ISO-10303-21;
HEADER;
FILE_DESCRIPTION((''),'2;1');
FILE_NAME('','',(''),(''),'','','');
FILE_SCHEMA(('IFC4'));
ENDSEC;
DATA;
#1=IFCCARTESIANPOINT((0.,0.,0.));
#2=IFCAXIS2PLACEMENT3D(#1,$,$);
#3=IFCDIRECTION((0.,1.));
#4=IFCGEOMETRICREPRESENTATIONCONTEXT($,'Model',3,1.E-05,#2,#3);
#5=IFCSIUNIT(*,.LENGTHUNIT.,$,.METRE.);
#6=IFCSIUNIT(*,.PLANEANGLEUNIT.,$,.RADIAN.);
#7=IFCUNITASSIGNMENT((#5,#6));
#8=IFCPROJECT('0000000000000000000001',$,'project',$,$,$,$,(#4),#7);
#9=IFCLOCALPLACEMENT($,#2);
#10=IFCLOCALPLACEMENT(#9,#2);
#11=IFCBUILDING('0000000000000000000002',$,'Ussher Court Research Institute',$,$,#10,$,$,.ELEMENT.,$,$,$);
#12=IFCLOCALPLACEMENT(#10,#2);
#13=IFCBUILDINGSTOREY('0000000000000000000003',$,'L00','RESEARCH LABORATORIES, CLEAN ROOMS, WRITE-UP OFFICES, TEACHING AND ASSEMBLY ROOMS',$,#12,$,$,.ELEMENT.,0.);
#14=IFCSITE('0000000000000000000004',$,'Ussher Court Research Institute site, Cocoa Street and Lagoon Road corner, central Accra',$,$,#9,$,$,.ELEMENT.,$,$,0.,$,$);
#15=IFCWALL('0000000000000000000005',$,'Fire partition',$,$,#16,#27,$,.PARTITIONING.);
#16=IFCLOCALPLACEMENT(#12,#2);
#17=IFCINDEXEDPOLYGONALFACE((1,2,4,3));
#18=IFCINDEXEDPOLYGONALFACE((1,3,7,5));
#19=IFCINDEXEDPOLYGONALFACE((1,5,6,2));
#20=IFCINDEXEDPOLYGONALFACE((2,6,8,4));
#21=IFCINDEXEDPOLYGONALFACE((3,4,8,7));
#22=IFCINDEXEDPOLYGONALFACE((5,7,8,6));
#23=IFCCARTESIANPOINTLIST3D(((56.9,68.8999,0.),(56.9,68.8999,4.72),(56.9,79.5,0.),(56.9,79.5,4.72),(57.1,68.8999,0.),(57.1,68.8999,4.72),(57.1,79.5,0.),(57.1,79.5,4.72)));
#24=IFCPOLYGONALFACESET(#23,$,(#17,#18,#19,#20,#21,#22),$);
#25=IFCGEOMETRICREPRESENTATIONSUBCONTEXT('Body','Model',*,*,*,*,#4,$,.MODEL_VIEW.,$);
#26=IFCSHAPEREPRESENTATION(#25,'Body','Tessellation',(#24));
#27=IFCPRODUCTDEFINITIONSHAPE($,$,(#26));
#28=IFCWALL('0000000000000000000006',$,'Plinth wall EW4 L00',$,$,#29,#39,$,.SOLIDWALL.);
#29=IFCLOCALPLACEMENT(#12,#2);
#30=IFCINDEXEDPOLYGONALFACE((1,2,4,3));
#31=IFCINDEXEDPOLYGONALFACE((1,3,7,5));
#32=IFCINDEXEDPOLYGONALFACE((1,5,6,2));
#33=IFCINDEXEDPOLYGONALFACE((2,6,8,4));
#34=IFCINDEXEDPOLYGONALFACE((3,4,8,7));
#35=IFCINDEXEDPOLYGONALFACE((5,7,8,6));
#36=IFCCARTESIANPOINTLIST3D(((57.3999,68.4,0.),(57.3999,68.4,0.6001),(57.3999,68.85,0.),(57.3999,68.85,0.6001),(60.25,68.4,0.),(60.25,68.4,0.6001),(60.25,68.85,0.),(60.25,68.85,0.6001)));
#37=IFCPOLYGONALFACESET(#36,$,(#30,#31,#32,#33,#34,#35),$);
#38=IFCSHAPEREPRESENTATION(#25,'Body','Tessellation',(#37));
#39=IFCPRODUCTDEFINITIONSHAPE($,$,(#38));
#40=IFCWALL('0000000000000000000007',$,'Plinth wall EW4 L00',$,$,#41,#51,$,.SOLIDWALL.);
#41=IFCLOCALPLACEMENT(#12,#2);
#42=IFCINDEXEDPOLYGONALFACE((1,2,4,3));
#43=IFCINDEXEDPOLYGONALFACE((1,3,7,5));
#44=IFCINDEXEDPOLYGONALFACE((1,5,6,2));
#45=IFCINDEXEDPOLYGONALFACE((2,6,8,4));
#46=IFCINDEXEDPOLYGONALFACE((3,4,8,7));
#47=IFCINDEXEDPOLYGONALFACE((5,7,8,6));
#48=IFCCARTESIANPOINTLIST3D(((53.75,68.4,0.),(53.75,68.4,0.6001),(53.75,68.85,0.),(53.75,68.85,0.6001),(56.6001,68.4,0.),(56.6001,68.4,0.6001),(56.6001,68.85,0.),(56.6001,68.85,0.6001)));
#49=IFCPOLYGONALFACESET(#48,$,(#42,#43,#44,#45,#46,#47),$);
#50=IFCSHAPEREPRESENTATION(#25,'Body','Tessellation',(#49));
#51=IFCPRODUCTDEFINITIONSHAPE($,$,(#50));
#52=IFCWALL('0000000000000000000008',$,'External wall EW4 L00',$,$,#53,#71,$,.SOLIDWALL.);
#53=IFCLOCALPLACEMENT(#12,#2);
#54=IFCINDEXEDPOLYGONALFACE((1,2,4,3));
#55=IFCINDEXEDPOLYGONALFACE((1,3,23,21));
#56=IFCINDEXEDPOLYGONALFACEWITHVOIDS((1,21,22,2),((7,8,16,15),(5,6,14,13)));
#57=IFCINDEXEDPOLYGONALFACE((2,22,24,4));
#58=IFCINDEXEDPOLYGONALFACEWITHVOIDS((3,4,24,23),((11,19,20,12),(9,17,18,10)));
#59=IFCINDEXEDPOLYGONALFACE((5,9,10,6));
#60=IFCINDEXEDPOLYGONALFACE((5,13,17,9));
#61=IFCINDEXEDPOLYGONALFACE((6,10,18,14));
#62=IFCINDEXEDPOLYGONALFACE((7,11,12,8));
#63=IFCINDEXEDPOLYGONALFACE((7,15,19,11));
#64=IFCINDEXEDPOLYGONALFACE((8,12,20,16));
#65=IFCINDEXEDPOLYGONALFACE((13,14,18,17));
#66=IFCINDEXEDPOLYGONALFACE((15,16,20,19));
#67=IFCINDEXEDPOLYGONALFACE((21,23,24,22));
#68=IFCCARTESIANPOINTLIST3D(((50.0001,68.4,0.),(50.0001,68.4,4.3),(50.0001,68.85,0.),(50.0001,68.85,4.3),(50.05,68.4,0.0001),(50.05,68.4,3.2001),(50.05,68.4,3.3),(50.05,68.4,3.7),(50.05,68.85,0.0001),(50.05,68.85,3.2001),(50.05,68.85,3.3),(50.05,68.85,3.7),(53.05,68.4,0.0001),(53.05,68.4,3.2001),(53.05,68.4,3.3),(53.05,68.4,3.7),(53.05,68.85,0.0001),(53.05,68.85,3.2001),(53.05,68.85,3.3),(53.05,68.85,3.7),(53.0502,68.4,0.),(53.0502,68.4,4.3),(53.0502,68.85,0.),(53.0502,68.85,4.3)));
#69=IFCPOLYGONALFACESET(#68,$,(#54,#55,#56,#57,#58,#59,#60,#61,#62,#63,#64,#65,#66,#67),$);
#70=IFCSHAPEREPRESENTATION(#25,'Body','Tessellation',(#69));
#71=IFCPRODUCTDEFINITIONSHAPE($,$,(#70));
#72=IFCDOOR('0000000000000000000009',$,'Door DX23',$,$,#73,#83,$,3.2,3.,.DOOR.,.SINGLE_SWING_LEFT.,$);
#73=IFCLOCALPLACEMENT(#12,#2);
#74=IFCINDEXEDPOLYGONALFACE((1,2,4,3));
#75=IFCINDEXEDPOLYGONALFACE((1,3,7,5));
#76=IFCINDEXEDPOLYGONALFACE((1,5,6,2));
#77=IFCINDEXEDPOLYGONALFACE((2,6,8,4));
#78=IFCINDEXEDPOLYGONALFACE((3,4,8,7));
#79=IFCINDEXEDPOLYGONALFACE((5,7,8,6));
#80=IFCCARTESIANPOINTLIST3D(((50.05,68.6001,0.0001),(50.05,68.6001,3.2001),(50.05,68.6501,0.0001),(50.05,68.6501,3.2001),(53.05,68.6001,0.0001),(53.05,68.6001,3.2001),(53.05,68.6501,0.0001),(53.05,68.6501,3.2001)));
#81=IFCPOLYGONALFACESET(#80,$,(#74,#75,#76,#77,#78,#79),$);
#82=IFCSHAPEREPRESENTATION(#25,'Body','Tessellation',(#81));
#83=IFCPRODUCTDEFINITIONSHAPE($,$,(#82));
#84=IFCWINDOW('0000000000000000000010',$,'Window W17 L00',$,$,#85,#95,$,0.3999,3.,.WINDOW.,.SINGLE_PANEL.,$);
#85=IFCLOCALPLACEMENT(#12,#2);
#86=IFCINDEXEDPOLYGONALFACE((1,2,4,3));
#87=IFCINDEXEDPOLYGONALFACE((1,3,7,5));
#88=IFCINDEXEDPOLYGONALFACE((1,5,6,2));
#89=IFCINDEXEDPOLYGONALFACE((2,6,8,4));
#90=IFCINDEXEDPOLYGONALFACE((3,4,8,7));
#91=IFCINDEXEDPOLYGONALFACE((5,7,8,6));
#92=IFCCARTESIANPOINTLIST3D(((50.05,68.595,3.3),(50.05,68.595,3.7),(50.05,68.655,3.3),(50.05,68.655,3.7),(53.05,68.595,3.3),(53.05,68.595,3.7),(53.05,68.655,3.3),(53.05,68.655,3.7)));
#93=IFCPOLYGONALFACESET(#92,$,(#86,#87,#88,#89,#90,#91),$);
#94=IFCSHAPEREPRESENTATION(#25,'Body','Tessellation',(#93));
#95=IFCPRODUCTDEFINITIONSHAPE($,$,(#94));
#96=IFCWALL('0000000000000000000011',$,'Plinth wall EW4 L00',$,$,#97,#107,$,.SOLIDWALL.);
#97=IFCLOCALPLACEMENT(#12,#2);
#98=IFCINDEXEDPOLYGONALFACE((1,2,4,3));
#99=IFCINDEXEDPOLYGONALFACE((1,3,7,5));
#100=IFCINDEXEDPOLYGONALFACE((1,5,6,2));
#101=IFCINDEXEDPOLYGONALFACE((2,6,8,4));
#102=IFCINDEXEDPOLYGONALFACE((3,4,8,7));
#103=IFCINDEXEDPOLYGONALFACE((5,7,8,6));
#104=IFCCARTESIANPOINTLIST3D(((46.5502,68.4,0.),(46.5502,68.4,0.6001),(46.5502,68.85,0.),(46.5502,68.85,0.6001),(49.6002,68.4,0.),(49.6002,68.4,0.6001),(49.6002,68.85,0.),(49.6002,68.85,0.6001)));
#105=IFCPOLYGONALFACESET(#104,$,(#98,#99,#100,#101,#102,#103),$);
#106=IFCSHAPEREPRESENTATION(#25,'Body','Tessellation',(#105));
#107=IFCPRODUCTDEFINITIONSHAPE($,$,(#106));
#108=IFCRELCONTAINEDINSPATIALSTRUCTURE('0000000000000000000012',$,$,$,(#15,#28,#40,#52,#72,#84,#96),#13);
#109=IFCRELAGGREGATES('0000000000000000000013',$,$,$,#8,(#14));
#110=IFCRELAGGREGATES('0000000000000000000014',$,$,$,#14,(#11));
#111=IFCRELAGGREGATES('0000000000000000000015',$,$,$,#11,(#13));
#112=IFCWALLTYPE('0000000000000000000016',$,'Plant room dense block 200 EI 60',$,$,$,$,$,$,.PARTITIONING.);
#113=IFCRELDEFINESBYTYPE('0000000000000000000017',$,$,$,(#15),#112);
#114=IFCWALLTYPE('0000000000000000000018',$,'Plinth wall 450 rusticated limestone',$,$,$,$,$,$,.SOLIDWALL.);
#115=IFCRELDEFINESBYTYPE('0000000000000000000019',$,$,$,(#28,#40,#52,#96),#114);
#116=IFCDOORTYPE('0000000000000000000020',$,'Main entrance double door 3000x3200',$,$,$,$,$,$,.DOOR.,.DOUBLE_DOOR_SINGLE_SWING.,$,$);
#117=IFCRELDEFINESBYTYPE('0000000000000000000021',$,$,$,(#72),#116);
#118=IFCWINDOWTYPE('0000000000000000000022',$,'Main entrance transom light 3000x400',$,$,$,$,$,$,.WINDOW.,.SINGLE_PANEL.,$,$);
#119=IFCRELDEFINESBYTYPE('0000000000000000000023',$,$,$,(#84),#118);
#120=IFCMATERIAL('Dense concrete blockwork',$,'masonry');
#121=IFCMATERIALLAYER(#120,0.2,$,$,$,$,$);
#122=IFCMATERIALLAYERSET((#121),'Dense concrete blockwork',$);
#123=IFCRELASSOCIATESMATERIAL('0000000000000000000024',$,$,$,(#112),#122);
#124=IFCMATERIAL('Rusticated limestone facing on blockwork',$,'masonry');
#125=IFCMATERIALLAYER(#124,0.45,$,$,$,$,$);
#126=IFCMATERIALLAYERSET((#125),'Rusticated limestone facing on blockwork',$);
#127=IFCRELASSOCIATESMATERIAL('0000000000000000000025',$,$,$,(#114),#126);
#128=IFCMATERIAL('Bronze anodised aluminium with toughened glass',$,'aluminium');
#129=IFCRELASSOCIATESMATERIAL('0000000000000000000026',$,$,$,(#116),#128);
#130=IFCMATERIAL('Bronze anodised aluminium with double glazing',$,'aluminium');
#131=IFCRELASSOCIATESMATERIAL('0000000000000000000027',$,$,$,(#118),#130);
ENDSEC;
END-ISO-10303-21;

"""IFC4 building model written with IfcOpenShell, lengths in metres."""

from ifc_helpers import new_model, si_unit, direction, frame, frame_2d, origin, place, context, subcontext, project, spatial, rectangle, extrude, material, layer, layer_set, type_object, element, fill, save


model = new_model("IFC4")

# Units and contexts
model_context = context("Model", 3, precision=1e-05, world=origin(), true_north=direction((0.0, 1.0)))
body_context = subcontext(model_context, "Body", "Model", "MODEL_VIEW")
ifc_project = project(units=[si_unit("LENGTHUNIT", "METRE"), si_unit("PLANEANGLEUNIT", "RADIAN")], contexts=[model_context])

# Site, building, storey
site_placement = place(None, origin())
site = spatial("IfcSite", under=ifc_project, at=site_placement, Name="Ussher Court Research Institute site, Cocoa Street and Lagoon Road corner, central Accra", CompositionType="ELEMENT", RefElevation=0.0)
building_placement = place(site_placement, origin())
building = spatial("IfcBuilding", under=site, at=building_placement, Name="Ussher Court Research Institute", CompositionType="ELEMENT")
storey_placement = place(building_placement, origin())
storey = spatial("IfcBuildingStorey", under=building, at=storey_placement, Name="L00", Description="RESEARCH LABORATORIES, CLEAN ROOMS, WRITE-UP OFFICES, TEACHING AND ASSEMBLY ROOMS", CompositionType="ELEMENT", Elevation=0.0)

# Walls
ifc_material_1 = material(Name="Dense concrete blockwork", Category="masonry")
ifc_layer_1 = layer(ifc_material_1, 0.2)
ifc_layer_set_1 = layer_set([ifc_layer_1], Name="Dense concrete blockwork")
wall_type_1 = type_object("IfcWallType", Name="Plant room dense block 200 EI 60", PredefinedType="PARTITIONING", material=ifc_layer_set_1)
wall_1_placement = place(storey_placement, frame((57.0, 68.8999, 0.0), z_axis=(0.0, 0.0, 1.0), x_axis=(0.0, 1.0, 0.0)))
element("IfcWall", 1, at=wall_1_placement, inside=storey, type_object=wall_type_1, Name="Fire partition", PredefinedType="PARTITIONING", context=body_context, shape_type="SweptSolid", body=[
    extrude(rectangle(XDim=10.6001, YDim=0.2, at=frame_2d((5.3, 0.0))), origin(), (0.0, 0.0, 1.0), 4.72),
])
ifc_material_2 = material(Name="Rusticated limestone facing on blockwork", Category="masonry")
ifc_layer_2 = layer(ifc_material_2, 0.45)
ifc_layer_set_2 = layer_set([ifc_layer_2], Name="Rusticated limestone facing on blockwork")
wall_type_2 = type_object("IfcWallType", Name="Plinth wall 450 rusticated limestone", PredefinedType="SOLIDWALL", material=ifc_layer_set_2)
for number, where, z_axis, x_axis, name in (
    (2, (60.25, 68.625, 0.0), (0.0, 0.0, 1.0), (-1.0, 0.0, 0.0), "Plinth wall EW4 L00"),
    (3, (56.6001, 68.625, 0.0), (0.0, 0.0, 1.0), (-1.0, 0.0, 0.0), "Plinth wall EW4 L00"),
):
    element("IfcWall", number, at=place(storey_placement, frame(where, z_axis=z_axis, x_axis=x_axis)), inside=storey, type_object=wall_type_2, Name=name, PredefinedType="SOLIDWALL", context=body_context, shape_type="SweptSolid", body=[
        extrude(rectangle(XDim=2.8501, YDim=0.45, at=frame_2d((1.425, 0.0))), origin(), (0.0, 0.0, 1.0), 0.6001),
    ])

# Wall, openings, door, window
wall_2_placement = place(storey_placement, frame((53.05, 68.625, 0.0), z_axis=(0.0, 0.0, 1.0), x_axis=(-1.0, 0.0, 0.0)))
wall_2 = element("IfcWall", 4, at=wall_2_placement, inside=storey, type_object=wall_type_2, Name="External wall EW4 L00", PredefinedType="SOLIDWALL", context=body_context, shape_type="SweptSolid", body=[
    extrude(rectangle(XDim=3.05, YDim=0.45, at=frame_2d((1.5249, 0.0))), origin(), (0.0, 0.0, 1.0), 4.3),
])
opening_1_placement = place(wall_2_placement, origin())
opening_1 = element("IfcOpeningElement", 5, at=opening_1_placement, cuts=wall_2, PredefinedType="OPENING", context=body_context, shape_type="SweptSolid", body=[
    extrude(rectangle(XDim=3.0, YDim=3.2, at=frame_2d((1.5, 1.6001))), frame((0.0, 0.2349, 0.0), z_axis=(0.0, -1.0, 0.0), x_axis=(1.0, 0.0, 0.0)), (0.0, 0.0, 1.0), 0.47),
])
opening_2_placement = place(wall_2_placement, frame((0.0, 0.0, 3.3)))
opening_2 = element("IfcOpeningElement", 6, at=opening_2_placement, cuts=wall_2, PredefinedType="OPENING", context=body_context, shape_type="SweptSolid", body=[
    extrude(rectangle(XDim=3.0, YDim=0.3999, at=frame_2d((1.5, 0.2))), frame((0.0, 0.2349, 0.0), z_axis=(0.0, -1.0, 0.0), x_axis=(1.0, 0.0, 0.0)), (0.0, 0.0, 1.0), 0.47),
])
ifc_material_3 = material(Name="Bronze anodised aluminium with toughened glass", Category="aluminium")
door_type = type_object("IfcDoorType", Name="Main entrance double door 3000x3200", OperationType="DOUBLE_DOOR_SINGLE_SWING", PredefinedType="DOOR", material=ifc_material_3)
door_placement = place(opening_1_placement, origin())
door = element("IfcDoor", 7, at=door_placement, inside=storey, type_object=door_type, Name="Door DX23", OperationType="SINGLE_SWING_LEFT", OverallHeight=3.2, OverallWidth=3.0, PredefinedType="DOOR", context=body_context, shape_type="SweptSolid", body=[
    extrude(rectangle(XDim=3.0, YDim=3.2, at=frame_2d((1.5, 1.6001))), frame((0.0, 0.0249, 0.0), z_axis=(0.0, -1.0, 0.0), x_axis=(1.0, 0.0, 0.0)), (0.0, 0.0, 1.0), 0.05),
])
fill(opening_1, door)
ifc_material_4 = material(Name="Bronze anodised aluminium with double glazing", Category="aluminium")
window_type = type_object("IfcWindowType", Name="Main entrance transom light 3000x400", PartitioningType="SINGLE_PANEL", PredefinedType="WINDOW", material=ifc_material_4)
window_placement = place(opening_2_placement, origin())
window = element("IfcWindow", 8, at=window_placement, inside=storey, type_object=window_type, Name="Window W17 L00", OverallHeight=0.3999, OverallWidth=3.0, PartitioningType="SINGLE_PANEL", PredefinedType="WINDOW", context=body_context, shape_type="SweptSolid", body=[
    extrude(rectangle(XDim=3.0, YDim=0.3999, at=frame_2d((1.5, 0.2))), frame((0.0, 0.03, 0.0), z_axis=(0.0, -1.0, 0.0), x_axis=(1.0, 0.0, 0.0)), (0.0, 0.0, 1.0), 0.0601),
])
fill(opening_2, window)

# Wall
wall_3_placement = place(storey_placement, frame((49.6001, 68.625, 0.0), z_axis=(0.0, 0.0, 1.0), x_axis=(-1.0, 0.0, 0.0)))
element("IfcWall", 9, at=wall_3_placement, inside=storey, type_object=wall_type_2, Name="Plinth wall EW4 L00", PredefinedType="SOLIDWALL", context=body_context, shape_type="SweptSolid", body=[
    extrude(rectangle(XDim=3.05, YDim=0.45, at=frame_2d((1.5249, 0.0))), origin(), (0.0, 0.0, 1.0), 0.6001),
])

save(model, "model.ifc")
